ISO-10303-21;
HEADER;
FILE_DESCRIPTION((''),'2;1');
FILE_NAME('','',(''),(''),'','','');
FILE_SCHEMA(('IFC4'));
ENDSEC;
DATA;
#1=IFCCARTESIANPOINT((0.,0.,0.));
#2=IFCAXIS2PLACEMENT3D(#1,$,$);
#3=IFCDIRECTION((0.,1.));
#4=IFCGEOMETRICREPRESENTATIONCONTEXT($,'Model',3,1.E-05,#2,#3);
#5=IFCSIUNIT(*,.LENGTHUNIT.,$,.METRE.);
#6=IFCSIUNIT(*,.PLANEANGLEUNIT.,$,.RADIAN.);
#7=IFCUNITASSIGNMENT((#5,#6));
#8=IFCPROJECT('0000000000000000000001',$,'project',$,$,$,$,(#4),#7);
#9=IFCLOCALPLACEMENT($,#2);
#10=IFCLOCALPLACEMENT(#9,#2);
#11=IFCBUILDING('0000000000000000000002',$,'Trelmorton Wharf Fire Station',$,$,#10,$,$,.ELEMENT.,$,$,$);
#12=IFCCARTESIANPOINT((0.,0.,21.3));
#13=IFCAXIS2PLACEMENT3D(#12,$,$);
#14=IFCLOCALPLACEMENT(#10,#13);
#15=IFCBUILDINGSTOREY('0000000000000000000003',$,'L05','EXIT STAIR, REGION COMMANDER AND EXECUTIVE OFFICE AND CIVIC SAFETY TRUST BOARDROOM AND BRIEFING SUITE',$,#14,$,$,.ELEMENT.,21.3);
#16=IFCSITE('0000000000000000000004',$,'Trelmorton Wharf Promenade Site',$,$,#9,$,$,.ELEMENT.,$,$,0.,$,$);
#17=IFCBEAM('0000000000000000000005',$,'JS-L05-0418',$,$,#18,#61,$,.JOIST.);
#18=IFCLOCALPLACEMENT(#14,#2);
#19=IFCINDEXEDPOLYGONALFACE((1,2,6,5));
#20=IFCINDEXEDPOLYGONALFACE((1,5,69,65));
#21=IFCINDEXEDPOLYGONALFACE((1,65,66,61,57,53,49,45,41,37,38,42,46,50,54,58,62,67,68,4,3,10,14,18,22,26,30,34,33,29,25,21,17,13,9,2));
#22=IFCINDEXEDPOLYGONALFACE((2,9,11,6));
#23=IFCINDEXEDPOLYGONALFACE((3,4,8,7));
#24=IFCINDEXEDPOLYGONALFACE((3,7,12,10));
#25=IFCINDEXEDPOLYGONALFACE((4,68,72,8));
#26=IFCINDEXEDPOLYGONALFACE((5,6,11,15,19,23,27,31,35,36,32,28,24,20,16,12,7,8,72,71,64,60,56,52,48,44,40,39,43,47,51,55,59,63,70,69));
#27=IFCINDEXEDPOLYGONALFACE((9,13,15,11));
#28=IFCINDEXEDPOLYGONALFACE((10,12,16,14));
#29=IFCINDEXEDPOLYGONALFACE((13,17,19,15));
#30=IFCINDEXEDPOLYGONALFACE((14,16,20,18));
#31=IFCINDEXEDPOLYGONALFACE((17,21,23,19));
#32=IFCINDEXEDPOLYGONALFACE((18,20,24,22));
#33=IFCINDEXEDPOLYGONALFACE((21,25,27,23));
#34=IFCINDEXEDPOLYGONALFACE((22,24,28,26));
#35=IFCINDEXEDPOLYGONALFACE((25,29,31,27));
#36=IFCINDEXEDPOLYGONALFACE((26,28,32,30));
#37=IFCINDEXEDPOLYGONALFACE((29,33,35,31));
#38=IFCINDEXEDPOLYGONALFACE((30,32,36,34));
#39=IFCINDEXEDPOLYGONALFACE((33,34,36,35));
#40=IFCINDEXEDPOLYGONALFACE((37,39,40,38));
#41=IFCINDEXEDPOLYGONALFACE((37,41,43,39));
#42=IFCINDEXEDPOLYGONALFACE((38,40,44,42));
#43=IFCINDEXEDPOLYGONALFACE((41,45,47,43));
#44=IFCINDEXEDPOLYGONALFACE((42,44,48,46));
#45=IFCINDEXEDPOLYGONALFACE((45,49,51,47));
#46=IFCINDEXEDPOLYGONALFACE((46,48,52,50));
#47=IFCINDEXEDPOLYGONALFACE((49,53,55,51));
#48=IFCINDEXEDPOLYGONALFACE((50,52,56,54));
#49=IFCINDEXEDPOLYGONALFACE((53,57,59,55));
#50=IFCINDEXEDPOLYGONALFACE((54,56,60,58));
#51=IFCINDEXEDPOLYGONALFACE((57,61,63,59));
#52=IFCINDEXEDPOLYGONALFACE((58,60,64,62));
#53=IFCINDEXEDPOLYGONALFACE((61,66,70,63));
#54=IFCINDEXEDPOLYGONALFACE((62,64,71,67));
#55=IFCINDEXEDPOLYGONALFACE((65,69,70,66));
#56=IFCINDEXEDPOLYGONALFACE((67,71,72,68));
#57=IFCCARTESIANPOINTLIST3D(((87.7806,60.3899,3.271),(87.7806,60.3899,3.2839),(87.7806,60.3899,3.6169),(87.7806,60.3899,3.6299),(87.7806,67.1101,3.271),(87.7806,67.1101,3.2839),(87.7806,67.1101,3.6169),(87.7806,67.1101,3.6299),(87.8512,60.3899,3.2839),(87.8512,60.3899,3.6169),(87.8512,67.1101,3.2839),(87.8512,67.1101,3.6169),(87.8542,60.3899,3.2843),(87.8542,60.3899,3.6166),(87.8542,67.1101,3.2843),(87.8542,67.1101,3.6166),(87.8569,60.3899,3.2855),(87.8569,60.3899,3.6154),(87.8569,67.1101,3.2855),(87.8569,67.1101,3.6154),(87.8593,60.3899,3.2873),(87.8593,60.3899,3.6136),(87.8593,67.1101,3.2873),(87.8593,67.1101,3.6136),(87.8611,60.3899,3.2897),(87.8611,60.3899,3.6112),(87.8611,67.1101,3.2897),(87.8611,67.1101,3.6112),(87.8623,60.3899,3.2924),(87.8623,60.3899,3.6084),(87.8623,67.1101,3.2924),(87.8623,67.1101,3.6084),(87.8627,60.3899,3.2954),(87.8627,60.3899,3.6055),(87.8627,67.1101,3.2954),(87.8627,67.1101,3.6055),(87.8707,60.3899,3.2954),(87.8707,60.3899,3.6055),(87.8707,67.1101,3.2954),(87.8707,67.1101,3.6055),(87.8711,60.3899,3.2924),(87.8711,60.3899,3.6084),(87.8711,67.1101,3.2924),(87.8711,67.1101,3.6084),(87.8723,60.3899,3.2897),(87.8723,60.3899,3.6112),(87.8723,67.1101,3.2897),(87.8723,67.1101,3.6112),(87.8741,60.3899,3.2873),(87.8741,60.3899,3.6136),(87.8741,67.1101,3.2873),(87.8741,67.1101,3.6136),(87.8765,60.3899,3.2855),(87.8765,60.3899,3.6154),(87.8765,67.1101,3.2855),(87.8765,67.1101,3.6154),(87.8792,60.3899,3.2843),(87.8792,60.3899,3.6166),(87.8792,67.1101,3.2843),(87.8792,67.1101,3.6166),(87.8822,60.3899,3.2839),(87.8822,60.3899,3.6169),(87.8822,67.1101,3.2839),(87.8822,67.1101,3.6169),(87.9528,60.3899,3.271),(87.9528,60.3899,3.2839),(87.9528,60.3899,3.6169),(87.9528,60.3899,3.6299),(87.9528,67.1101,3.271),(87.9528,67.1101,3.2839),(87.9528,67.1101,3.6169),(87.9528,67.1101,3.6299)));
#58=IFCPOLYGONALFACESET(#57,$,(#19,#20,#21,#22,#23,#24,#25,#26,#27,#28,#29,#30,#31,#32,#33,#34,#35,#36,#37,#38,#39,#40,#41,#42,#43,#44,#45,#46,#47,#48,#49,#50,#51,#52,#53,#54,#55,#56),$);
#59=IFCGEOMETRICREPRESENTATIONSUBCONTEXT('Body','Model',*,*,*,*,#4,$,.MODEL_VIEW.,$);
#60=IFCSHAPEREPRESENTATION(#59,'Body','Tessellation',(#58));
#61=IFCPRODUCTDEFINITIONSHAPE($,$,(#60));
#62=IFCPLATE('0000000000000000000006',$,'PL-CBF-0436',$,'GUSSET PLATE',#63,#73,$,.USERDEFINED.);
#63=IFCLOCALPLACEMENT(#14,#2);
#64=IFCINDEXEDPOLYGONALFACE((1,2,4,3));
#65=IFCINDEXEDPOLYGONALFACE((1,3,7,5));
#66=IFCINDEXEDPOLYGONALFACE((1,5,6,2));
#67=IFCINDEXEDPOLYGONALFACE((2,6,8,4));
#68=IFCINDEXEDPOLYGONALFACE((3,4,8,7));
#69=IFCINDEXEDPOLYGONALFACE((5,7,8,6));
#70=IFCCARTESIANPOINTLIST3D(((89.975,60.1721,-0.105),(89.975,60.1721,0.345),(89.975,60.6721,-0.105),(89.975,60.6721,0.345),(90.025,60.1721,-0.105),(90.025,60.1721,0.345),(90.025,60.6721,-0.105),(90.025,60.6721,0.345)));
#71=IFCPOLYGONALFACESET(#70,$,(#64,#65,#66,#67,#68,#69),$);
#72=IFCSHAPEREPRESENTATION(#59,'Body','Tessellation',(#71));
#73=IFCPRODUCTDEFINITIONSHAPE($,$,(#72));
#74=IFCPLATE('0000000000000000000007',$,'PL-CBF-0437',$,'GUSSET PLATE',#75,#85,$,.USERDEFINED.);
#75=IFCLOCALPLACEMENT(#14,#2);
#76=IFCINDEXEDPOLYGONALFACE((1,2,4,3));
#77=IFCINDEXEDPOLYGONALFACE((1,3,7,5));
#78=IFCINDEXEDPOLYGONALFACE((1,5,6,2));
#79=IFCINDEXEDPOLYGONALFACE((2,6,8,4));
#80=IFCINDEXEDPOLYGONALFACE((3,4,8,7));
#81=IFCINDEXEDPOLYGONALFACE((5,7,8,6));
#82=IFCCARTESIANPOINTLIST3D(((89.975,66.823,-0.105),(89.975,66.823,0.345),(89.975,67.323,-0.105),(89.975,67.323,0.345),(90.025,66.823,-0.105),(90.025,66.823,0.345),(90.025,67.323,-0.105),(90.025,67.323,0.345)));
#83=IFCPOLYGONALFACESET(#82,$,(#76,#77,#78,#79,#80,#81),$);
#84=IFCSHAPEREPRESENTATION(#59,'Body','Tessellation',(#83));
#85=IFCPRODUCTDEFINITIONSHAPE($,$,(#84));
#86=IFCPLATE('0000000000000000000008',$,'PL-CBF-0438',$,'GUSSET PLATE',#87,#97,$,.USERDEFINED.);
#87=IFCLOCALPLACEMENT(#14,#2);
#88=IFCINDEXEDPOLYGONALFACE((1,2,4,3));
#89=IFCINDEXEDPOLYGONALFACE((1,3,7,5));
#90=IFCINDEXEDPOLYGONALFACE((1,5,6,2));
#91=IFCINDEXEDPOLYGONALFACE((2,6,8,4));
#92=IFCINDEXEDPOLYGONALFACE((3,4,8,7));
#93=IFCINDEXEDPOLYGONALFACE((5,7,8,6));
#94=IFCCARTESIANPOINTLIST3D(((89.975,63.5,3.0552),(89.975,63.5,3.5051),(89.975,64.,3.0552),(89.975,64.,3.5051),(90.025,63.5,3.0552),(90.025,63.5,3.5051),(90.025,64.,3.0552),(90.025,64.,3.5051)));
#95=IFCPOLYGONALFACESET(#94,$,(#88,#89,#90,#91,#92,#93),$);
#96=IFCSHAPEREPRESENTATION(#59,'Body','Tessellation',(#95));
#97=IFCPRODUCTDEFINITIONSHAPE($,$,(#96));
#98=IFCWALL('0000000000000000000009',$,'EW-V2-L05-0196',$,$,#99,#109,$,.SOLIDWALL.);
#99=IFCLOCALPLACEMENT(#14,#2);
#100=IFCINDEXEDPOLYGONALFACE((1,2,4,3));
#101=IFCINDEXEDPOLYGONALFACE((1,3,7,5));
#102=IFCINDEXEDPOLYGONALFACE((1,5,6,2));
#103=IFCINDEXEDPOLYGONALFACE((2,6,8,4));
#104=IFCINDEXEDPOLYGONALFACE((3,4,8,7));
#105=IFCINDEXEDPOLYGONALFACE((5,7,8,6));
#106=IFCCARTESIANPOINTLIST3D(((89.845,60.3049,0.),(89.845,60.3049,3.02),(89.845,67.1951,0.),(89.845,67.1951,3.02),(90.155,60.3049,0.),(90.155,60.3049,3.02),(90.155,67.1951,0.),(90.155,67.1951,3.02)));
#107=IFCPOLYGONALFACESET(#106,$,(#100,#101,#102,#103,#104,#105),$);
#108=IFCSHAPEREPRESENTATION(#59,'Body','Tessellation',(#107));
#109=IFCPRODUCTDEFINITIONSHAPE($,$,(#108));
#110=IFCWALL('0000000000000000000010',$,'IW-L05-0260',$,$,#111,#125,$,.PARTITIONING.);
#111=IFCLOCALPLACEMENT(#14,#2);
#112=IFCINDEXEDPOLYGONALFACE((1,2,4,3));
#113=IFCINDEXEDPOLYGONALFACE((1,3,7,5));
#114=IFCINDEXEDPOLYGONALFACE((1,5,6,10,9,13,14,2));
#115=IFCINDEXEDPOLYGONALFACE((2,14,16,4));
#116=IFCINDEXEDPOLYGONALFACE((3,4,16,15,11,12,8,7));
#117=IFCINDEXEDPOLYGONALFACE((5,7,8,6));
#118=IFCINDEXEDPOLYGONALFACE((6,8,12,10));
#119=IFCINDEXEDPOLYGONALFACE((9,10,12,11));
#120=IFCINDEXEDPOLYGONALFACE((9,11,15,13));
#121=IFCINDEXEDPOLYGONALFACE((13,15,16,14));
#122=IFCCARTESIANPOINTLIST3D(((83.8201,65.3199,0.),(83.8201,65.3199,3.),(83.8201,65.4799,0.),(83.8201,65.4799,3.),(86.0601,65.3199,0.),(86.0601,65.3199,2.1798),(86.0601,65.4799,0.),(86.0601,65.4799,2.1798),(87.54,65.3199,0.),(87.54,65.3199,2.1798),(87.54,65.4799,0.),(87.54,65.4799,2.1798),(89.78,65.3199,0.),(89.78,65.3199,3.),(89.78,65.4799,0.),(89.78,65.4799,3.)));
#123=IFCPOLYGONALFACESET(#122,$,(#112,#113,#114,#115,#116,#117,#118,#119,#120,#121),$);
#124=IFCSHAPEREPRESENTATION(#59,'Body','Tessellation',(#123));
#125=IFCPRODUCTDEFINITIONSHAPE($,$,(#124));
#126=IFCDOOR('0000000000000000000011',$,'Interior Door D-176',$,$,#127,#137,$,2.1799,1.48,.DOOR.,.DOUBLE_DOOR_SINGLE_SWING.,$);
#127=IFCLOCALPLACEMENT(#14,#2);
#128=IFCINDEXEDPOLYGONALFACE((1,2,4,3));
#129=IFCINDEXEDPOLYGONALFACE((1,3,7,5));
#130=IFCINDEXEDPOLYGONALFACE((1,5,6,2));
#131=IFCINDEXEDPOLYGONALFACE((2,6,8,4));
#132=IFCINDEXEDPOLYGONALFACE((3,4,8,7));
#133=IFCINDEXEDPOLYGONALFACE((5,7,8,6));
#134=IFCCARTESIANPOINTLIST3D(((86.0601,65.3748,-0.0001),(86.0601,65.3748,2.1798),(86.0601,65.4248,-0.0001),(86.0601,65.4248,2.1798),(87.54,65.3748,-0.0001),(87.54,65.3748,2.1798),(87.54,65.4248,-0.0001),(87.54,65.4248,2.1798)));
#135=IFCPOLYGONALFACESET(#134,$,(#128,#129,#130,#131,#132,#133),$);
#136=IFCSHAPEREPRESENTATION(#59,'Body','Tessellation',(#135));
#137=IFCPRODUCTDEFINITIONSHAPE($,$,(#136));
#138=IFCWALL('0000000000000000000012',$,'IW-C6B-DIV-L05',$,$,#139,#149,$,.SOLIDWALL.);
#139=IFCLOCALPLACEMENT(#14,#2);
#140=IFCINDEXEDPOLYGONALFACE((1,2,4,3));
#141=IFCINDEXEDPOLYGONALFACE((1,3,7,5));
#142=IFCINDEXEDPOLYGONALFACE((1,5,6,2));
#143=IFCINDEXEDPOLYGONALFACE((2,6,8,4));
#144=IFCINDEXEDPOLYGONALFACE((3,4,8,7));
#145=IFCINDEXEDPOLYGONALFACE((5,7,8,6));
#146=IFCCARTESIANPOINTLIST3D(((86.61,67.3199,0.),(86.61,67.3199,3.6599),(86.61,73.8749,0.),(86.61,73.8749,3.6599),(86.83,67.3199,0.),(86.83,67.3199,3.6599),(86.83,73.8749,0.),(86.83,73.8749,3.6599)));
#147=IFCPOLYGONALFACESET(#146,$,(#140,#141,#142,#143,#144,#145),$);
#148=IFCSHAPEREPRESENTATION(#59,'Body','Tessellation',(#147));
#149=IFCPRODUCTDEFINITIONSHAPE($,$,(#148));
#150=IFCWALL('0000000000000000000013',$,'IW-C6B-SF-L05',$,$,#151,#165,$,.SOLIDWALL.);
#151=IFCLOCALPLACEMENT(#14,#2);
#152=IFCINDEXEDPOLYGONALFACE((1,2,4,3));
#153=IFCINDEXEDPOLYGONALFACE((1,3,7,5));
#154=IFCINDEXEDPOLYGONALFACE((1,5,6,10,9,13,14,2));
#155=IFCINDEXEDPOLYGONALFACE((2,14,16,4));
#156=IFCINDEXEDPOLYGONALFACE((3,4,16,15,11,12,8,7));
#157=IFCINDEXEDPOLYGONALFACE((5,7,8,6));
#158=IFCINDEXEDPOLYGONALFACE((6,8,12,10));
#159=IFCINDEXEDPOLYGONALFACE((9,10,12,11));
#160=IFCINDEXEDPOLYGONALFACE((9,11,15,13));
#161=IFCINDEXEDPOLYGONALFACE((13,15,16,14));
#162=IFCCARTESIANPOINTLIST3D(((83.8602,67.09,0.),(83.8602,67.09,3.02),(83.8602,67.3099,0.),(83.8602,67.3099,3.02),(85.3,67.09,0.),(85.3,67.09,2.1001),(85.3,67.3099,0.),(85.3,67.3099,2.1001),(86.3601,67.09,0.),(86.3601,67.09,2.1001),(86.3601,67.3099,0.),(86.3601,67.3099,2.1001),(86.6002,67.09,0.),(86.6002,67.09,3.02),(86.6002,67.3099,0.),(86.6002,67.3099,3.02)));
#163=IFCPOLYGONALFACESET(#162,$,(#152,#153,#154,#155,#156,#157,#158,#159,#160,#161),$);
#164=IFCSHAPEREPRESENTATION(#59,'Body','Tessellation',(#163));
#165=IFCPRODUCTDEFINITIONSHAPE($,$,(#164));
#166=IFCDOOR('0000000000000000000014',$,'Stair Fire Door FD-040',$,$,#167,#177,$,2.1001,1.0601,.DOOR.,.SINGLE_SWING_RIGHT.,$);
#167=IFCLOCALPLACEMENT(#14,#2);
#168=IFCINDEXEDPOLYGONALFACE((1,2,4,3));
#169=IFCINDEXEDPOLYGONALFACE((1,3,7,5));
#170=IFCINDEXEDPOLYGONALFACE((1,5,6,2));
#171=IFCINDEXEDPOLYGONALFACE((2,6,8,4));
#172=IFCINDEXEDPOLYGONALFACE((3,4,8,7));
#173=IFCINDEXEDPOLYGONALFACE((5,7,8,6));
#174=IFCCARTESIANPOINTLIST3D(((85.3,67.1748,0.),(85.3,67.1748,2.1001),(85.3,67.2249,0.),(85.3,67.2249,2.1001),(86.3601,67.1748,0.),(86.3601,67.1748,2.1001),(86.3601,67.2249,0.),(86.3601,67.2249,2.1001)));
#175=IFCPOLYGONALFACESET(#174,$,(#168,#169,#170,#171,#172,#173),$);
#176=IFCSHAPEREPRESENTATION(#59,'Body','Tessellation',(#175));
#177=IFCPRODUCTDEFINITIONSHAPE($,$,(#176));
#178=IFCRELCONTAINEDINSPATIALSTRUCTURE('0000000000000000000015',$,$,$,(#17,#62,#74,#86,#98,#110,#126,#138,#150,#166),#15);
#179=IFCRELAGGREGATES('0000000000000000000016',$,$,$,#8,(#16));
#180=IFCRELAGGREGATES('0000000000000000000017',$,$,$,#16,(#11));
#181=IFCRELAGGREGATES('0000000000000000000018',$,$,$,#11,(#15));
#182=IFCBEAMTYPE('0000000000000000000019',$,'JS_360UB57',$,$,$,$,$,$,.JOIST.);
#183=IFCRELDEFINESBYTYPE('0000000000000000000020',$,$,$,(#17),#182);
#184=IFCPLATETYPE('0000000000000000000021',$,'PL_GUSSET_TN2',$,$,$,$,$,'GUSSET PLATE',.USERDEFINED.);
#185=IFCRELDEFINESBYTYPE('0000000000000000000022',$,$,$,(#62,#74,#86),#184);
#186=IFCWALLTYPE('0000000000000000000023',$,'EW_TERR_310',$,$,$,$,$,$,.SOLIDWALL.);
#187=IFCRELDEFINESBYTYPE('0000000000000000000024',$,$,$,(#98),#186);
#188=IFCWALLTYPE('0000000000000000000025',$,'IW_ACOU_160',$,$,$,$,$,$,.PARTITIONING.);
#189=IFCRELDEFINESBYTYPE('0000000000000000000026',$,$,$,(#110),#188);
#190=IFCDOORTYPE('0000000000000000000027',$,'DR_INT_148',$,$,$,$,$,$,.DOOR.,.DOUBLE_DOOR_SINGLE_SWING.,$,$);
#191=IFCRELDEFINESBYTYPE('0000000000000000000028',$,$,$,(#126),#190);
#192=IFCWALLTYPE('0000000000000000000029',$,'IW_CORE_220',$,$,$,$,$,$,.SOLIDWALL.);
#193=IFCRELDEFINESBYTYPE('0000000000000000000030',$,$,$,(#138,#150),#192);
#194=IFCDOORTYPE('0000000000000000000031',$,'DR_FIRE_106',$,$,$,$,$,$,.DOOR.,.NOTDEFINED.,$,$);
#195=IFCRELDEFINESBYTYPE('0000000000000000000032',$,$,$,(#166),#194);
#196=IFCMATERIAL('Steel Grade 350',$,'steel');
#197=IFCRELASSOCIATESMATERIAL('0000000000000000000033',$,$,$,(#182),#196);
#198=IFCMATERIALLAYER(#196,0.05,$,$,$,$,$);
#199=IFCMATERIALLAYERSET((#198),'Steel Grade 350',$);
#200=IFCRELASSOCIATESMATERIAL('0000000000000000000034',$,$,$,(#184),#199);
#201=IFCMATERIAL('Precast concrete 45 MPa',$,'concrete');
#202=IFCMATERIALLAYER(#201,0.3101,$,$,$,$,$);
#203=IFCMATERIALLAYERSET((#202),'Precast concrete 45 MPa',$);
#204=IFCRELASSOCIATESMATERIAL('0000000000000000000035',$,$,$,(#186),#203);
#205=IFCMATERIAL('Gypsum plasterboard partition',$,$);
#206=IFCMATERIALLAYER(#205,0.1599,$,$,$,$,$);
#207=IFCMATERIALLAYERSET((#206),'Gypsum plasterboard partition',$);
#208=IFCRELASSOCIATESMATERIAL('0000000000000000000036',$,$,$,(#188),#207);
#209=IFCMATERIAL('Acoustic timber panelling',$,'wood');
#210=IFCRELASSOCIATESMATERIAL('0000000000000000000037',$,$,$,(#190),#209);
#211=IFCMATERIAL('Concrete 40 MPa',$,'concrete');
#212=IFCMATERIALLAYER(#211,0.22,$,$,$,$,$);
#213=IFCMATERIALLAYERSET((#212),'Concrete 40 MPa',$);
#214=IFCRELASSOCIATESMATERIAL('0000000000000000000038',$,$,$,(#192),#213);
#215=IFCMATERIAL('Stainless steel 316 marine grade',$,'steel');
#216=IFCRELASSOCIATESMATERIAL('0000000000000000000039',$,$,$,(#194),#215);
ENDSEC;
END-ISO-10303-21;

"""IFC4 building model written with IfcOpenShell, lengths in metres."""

from ifc_helpers import new_model, si_unit, direction, frame, frame_2d, origin, origin_2d, place, context, subcontext, project, spatial, rectangle, i_section, extrude, material, layer, layer_set, material_profile, profile_set, type_object, element, fill, save


model = new_model("IFC4")

# Units and contexts
model_context = context("Model", 3, precision=1e-05, world=origin(), true_north=direction((0.0, 1.0)))
body_context = subcontext(model_context, "Body", "Model", "MODEL_VIEW")
ifc_project = project(units=[si_unit("LENGTHUNIT", "METRE"), si_unit("PLANEANGLEUNIT", "RADIAN")], contexts=[model_context])

# Site, building, storey
site_placement = place(None, origin())
site = spatial("IfcSite", under=ifc_project, at=site_placement, Name="Trelmorton Wharf Promenade Site", CompositionType="ELEMENT", RefElevation=0.0)
building_placement = place(site_placement, origin())
building = spatial("IfcBuilding", under=site, at=building_placement, Name="Trelmorton Wharf Fire Station", CompositionType="ELEMENT")
storey_placement = place(building_placement, frame((0.0, 0.0, 21.3)))
storey = spatial("IfcBuildingStorey", under=building, at=storey_placement, Name="L05", Description="EXIT STAIR, REGION COMMANDER AND EXECUTIVE OFFICE AND CIVIC SAFETY TRUST BOARDROOM AND BRIEFING SUITE", CompositionType="ELEMENT", Elevation=21.3)

# Shared definitions
ifc_material_1 = material(Name="Steel Grade 350", Category="steel")

# Beam
ifc_material_profile_1 = material_profile(ifc_material_1, i_section(OverallWidth=0.1721, OverallDepth=0.3589, WebThickness=0.0081, FlangeThickness=0.0129, FilletRadius=0.0115, at=origin_2d()), Name="360UB56.7")
ifc_profile_set_1 = profile_set([ifc_material_profile_1], Name="Steel Grade 350")
beam_type_1 = type_object("IfcBeamType", Name="JS_360UB57", PredefinedType="JOIST", material=ifc_profile_set_1)
for number, where, z_axis, x_axis, name in (
    (1, (87.8667, 60.3899, 3.4504), (0.0, 1.0, 0.0), (-1.0, 0.0, 0.0), "JS-L05-0418"),
):
    element("IfcBeam", number, at=place(storey_placement, frame(where, z_axis=z_axis, x_axis=x_axis)), inside=storey, type_object=beam_type_1, Name=name, PredefinedType="JOIST", context=body_context, shape_type="SweptSolid", body=[
        extrude(i_section(OverallWidth=0.1721, OverallDepth=0.3589, WebThickness=0.0081, FlangeThickness=0.0129, FilletRadius=0.0115, at=origin_2d()), origin(), (0.0, 0.0, 1.0), 6.7202),
    ])

# Plates
ifc_layer_1 = layer(ifc_material_1, 0.05)
ifc_layer_set_1 = layer_set([ifc_layer_1], Name="Steel Grade 350")
plate_type = type_object("IfcPlateType", Name="PL_GUSSET_TN2", ElementType="GUSSET PLATE", PredefinedType="USERDEFINED", material=ifc_layer_set_1)
for number, where, z_axis, x_axis, name in (
    (2, (90.0, 60.4221, -0.105), (0.0, 0.0, 1.0), (1.0, 0.0, 0.0), "PL-CBF-0436"),
    (3, (90.0, 67.073, -0.105), (0.0, 0.0, 1.0), (1.0, 0.0, 0.0), "PL-CBF-0437"),
    (4, (90.0, 63.75, 3.0552), (0.0, 0.0, 1.0), (1.0, 0.0, 0.0), "PL-CBF-0438"),
):
    element("IfcPlate", number, at=place(storey_placement, frame(where, z_axis=z_axis, x_axis=x_axis)), inside=storey, type_object=plate_type, Name=name, ObjectType="GUSSET PLATE", PredefinedType="USERDEFINED", context=body_context, shape_type="SweptSolid", body=[
        extrude(rectangle(XDim=0.05, YDim=0.5, at=origin_2d()), origin(), (0.0, 0.0, 1.0), 0.45),
    ])

# Wall
ifc_material_2 = material(Name="Precast concrete 45 MPa", Category="concrete")
ifc_layer_2 = layer(ifc_material_2, 0.3101)
ifc_layer_set_2 = layer_set([ifc_layer_2], Name="Precast concrete 45 MPa")
wall_type_1 = type_object("IfcWallType", Name="EW_TERR_310", PredefinedType="SOLIDWALL", material=ifc_layer_set_2)
wall_1_placement = place(storey_placement, frame((90.0, 67.1951, 0.0), z_axis=(0.0, 0.0, 1.0), x_axis=(0.0, -1.0, 0.0)))
element("IfcWall", 5, at=wall_1_placement, inside=storey, type_object=wall_type_1, Name="EW-V2-L05-0196", PredefinedType="SOLIDWALL", context=body_context, shape_type="SweptSolid", body=[
    extrude(rectangle(XDim=6.8901, YDim=0.3101, at=frame_2d((3.4451, 0.0))), origin(), (0.0, 0.0, 1.0), 3.02),
])

# Wall, opening, door
ifc_material_3 = material(Name="Gypsum plasterboard partition")
ifc_layer_3 = layer(ifc_material_3, 0.1599)
ifc_layer_set_3 = layer_set([ifc_layer_3], Name="Gypsum plasterboard partition")
wall_type_2 = type_object("IfcWallType", Name="IW_ACOU_160", PredefinedType="PARTITIONING", material=ifc_layer_set_3)
wall_2_placement = place(storey_placement, frame((83.8201, 65.3999, 0.0), z_axis=(0.0, 0.0, 1.0), x_axis=(1.0, 0.0, 0.0)))
wall_2 = element("IfcWall", 6, at=wall_2_placement, inside=storey, type_object=wall_type_2, Name="IW-L05-0260", PredefinedType="PARTITIONING", context=body_context, shape_type="SweptSolid", body=[
    extrude(rectangle(XDim=5.96, YDim=0.1599, at=frame_2d((2.98, 0.0))), origin(), (0.0, 0.0, 1.0), 3.0),
])
opening_1_placement = place(wall_2_placement, frame((2.24, 0.0, 0.0)))
opening_1 = element("IfcOpeningElement", 7, at=opening_1_placement, cuts=wall_2, PredefinedType="OPENING", context=body_context, shape_type="SweptSolid", body=[
    extrude(rectangle(XDim=1.48, YDim=2.1799, at=frame_2d((0.74, 1.0898))), frame((0.0, 0.0898, 0.0), z_axis=(0.0, -1.0, 0.0), x_axis=(1.0, 0.0, 0.0)), (0.0, 0.0, 1.0), 0.1799),
])
ifc_material_4 = material(Name="Acoustic timber panelling", Category="wood")
door_type_1 = type_object("IfcDoorType", Name="DR_INT_148", OperationType="DOUBLE_DOOR_SINGLE_SWING", PredefinedType="DOOR", material=ifc_material_4)
door_1_placement = place(opening_1_placement, origin())
door_1 = element("IfcDoor", 8, at=door_1_placement, inside=storey, type_object=door_type_1, Name="Interior Door D-176", OperationType="DOUBLE_DOOR_SINGLE_SWING", OverallHeight=2.1799, OverallWidth=1.48, PredefinedType="DOOR", context=body_context, shape_type="SweptSolid", body=[
    extrude(rectangle(XDim=1.48, YDim=2.1799, at=frame_2d((0.74, 1.0898))), frame((0.0, 0.0249, 0.0), z_axis=(0.0, -1.0, 0.0), x_axis=(1.0, 0.0, 0.0)), (0.0, 0.0, 1.0), 0.05),
])
fill(opening_1, door_1)

# Wall
ifc_material_5 = material(Name="Concrete 40 MPa", Category="concrete")
ifc_layer_4 = layer(ifc_material_5, 0.22)
ifc_layer_set_4 = layer_set([ifc_layer_4], Name="Concrete 40 MPa")
wall_type_3 = type_object("IfcWallType", Name="IW_CORE_220", PredefinedType="SOLIDWALL", material=ifc_layer_set_4)
wall_3_placement = place(storey_placement, frame((86.72, 67.3201, 0.0), z_axis=(0.0, 0.0, 1.0), x_axis=(0.0, 1.0, 0.0)))
element("IfcWall", 9, at=wall_3_placement, inside=storey, type_object=wall_type_3, Name="IW-C6B-DIV-L05", PredefinedType="SOLIDWALL", context=body_context, shape_type="SweptSolid", body=[
    extrude(rectangle(XDim=6.5549, YDim=0.22, at=frame_2d((3.2773, 0.0))), origin(), (0.0, 0.0, 1.0), 3.6599),
])

# Wall, opening, door
wall_4_placement = place(storey_placement, frame((83.8601, 67.2, 0.0), z_axis=(0.0, 0.0, 1.0), x_axis=(1.0, 0.0, 0.0)))
wall_4 = element("IfcWall", 10, at=wall_4_placement, inside=storey, type_object=wall_type_3, Name="IW-C6B-SF-L05", PredefinedType="SOLIDWALL", context=body_context, shape_type="SweptSolid", body=[
    extrude(rectangle(XDim=2.74, YDim=0.22, at=frame_2d((1.3701, 0.0))), origin(), (0.0, 0.0, 1.0), 3.02),
])
opening_2_placement = place(wall_4_placement, frame((1.4399, 0.0, 0.0)))
opening_2 = element("IfcOpeningElement", 11, at=opening_2_placement, cuts=wall_4, PredefinedType="OPENING", context=body_context, shape_type="SweptSolid", body=[
    extrude(rectangle(XDim=1.0601, YDim=2.1001, at=frame_2d((0.53, 1.05))), frame((0.0, 0.1201, 0.0), z_axis=(0.0, -1.0, 0.0), x_axis=(1.0, 0.0, 0.0)), (0.0, 0.0, 1.0), 0.24),
])
ifc_material_6 = material(Name="Stainless steel 316 marine grade", Category="steel")
door_type_2 = type_object("IfcDoorType", Name="DR_FIRE_106", OperationType="NOTDEFINED", PredefinedType="DOOR", material=ifc_material_6)
door_2_placement = place(opening_2_placement, origin())
door_2 = element("IfcDoor", 12, at=door_2_placement, inside=storey, type_object=door_type_2, Name="Stair Fire Door FD-040", OperationType="SINGLE_SWING_RIGHT", OverallHeight=2.1001, OverallWidth=1.0601, PredefinedType="DOOR", context=body_context, shape_type="SweptSolid", body=[
    extrude(rectangle(XDim=1.0601, YDim=2.1001, at=frame_2d((0.53, 1.05))), frame((0.0, 0.0249, 0.0), z_axis=(0.0, -1.0, 0.0), x_axis=(1.0, 0.0, 0.0)), (0.0, 0.0, 1.0), 0.05),
])
fill(opening_2, door_2)

save(model, "model.ifc")
